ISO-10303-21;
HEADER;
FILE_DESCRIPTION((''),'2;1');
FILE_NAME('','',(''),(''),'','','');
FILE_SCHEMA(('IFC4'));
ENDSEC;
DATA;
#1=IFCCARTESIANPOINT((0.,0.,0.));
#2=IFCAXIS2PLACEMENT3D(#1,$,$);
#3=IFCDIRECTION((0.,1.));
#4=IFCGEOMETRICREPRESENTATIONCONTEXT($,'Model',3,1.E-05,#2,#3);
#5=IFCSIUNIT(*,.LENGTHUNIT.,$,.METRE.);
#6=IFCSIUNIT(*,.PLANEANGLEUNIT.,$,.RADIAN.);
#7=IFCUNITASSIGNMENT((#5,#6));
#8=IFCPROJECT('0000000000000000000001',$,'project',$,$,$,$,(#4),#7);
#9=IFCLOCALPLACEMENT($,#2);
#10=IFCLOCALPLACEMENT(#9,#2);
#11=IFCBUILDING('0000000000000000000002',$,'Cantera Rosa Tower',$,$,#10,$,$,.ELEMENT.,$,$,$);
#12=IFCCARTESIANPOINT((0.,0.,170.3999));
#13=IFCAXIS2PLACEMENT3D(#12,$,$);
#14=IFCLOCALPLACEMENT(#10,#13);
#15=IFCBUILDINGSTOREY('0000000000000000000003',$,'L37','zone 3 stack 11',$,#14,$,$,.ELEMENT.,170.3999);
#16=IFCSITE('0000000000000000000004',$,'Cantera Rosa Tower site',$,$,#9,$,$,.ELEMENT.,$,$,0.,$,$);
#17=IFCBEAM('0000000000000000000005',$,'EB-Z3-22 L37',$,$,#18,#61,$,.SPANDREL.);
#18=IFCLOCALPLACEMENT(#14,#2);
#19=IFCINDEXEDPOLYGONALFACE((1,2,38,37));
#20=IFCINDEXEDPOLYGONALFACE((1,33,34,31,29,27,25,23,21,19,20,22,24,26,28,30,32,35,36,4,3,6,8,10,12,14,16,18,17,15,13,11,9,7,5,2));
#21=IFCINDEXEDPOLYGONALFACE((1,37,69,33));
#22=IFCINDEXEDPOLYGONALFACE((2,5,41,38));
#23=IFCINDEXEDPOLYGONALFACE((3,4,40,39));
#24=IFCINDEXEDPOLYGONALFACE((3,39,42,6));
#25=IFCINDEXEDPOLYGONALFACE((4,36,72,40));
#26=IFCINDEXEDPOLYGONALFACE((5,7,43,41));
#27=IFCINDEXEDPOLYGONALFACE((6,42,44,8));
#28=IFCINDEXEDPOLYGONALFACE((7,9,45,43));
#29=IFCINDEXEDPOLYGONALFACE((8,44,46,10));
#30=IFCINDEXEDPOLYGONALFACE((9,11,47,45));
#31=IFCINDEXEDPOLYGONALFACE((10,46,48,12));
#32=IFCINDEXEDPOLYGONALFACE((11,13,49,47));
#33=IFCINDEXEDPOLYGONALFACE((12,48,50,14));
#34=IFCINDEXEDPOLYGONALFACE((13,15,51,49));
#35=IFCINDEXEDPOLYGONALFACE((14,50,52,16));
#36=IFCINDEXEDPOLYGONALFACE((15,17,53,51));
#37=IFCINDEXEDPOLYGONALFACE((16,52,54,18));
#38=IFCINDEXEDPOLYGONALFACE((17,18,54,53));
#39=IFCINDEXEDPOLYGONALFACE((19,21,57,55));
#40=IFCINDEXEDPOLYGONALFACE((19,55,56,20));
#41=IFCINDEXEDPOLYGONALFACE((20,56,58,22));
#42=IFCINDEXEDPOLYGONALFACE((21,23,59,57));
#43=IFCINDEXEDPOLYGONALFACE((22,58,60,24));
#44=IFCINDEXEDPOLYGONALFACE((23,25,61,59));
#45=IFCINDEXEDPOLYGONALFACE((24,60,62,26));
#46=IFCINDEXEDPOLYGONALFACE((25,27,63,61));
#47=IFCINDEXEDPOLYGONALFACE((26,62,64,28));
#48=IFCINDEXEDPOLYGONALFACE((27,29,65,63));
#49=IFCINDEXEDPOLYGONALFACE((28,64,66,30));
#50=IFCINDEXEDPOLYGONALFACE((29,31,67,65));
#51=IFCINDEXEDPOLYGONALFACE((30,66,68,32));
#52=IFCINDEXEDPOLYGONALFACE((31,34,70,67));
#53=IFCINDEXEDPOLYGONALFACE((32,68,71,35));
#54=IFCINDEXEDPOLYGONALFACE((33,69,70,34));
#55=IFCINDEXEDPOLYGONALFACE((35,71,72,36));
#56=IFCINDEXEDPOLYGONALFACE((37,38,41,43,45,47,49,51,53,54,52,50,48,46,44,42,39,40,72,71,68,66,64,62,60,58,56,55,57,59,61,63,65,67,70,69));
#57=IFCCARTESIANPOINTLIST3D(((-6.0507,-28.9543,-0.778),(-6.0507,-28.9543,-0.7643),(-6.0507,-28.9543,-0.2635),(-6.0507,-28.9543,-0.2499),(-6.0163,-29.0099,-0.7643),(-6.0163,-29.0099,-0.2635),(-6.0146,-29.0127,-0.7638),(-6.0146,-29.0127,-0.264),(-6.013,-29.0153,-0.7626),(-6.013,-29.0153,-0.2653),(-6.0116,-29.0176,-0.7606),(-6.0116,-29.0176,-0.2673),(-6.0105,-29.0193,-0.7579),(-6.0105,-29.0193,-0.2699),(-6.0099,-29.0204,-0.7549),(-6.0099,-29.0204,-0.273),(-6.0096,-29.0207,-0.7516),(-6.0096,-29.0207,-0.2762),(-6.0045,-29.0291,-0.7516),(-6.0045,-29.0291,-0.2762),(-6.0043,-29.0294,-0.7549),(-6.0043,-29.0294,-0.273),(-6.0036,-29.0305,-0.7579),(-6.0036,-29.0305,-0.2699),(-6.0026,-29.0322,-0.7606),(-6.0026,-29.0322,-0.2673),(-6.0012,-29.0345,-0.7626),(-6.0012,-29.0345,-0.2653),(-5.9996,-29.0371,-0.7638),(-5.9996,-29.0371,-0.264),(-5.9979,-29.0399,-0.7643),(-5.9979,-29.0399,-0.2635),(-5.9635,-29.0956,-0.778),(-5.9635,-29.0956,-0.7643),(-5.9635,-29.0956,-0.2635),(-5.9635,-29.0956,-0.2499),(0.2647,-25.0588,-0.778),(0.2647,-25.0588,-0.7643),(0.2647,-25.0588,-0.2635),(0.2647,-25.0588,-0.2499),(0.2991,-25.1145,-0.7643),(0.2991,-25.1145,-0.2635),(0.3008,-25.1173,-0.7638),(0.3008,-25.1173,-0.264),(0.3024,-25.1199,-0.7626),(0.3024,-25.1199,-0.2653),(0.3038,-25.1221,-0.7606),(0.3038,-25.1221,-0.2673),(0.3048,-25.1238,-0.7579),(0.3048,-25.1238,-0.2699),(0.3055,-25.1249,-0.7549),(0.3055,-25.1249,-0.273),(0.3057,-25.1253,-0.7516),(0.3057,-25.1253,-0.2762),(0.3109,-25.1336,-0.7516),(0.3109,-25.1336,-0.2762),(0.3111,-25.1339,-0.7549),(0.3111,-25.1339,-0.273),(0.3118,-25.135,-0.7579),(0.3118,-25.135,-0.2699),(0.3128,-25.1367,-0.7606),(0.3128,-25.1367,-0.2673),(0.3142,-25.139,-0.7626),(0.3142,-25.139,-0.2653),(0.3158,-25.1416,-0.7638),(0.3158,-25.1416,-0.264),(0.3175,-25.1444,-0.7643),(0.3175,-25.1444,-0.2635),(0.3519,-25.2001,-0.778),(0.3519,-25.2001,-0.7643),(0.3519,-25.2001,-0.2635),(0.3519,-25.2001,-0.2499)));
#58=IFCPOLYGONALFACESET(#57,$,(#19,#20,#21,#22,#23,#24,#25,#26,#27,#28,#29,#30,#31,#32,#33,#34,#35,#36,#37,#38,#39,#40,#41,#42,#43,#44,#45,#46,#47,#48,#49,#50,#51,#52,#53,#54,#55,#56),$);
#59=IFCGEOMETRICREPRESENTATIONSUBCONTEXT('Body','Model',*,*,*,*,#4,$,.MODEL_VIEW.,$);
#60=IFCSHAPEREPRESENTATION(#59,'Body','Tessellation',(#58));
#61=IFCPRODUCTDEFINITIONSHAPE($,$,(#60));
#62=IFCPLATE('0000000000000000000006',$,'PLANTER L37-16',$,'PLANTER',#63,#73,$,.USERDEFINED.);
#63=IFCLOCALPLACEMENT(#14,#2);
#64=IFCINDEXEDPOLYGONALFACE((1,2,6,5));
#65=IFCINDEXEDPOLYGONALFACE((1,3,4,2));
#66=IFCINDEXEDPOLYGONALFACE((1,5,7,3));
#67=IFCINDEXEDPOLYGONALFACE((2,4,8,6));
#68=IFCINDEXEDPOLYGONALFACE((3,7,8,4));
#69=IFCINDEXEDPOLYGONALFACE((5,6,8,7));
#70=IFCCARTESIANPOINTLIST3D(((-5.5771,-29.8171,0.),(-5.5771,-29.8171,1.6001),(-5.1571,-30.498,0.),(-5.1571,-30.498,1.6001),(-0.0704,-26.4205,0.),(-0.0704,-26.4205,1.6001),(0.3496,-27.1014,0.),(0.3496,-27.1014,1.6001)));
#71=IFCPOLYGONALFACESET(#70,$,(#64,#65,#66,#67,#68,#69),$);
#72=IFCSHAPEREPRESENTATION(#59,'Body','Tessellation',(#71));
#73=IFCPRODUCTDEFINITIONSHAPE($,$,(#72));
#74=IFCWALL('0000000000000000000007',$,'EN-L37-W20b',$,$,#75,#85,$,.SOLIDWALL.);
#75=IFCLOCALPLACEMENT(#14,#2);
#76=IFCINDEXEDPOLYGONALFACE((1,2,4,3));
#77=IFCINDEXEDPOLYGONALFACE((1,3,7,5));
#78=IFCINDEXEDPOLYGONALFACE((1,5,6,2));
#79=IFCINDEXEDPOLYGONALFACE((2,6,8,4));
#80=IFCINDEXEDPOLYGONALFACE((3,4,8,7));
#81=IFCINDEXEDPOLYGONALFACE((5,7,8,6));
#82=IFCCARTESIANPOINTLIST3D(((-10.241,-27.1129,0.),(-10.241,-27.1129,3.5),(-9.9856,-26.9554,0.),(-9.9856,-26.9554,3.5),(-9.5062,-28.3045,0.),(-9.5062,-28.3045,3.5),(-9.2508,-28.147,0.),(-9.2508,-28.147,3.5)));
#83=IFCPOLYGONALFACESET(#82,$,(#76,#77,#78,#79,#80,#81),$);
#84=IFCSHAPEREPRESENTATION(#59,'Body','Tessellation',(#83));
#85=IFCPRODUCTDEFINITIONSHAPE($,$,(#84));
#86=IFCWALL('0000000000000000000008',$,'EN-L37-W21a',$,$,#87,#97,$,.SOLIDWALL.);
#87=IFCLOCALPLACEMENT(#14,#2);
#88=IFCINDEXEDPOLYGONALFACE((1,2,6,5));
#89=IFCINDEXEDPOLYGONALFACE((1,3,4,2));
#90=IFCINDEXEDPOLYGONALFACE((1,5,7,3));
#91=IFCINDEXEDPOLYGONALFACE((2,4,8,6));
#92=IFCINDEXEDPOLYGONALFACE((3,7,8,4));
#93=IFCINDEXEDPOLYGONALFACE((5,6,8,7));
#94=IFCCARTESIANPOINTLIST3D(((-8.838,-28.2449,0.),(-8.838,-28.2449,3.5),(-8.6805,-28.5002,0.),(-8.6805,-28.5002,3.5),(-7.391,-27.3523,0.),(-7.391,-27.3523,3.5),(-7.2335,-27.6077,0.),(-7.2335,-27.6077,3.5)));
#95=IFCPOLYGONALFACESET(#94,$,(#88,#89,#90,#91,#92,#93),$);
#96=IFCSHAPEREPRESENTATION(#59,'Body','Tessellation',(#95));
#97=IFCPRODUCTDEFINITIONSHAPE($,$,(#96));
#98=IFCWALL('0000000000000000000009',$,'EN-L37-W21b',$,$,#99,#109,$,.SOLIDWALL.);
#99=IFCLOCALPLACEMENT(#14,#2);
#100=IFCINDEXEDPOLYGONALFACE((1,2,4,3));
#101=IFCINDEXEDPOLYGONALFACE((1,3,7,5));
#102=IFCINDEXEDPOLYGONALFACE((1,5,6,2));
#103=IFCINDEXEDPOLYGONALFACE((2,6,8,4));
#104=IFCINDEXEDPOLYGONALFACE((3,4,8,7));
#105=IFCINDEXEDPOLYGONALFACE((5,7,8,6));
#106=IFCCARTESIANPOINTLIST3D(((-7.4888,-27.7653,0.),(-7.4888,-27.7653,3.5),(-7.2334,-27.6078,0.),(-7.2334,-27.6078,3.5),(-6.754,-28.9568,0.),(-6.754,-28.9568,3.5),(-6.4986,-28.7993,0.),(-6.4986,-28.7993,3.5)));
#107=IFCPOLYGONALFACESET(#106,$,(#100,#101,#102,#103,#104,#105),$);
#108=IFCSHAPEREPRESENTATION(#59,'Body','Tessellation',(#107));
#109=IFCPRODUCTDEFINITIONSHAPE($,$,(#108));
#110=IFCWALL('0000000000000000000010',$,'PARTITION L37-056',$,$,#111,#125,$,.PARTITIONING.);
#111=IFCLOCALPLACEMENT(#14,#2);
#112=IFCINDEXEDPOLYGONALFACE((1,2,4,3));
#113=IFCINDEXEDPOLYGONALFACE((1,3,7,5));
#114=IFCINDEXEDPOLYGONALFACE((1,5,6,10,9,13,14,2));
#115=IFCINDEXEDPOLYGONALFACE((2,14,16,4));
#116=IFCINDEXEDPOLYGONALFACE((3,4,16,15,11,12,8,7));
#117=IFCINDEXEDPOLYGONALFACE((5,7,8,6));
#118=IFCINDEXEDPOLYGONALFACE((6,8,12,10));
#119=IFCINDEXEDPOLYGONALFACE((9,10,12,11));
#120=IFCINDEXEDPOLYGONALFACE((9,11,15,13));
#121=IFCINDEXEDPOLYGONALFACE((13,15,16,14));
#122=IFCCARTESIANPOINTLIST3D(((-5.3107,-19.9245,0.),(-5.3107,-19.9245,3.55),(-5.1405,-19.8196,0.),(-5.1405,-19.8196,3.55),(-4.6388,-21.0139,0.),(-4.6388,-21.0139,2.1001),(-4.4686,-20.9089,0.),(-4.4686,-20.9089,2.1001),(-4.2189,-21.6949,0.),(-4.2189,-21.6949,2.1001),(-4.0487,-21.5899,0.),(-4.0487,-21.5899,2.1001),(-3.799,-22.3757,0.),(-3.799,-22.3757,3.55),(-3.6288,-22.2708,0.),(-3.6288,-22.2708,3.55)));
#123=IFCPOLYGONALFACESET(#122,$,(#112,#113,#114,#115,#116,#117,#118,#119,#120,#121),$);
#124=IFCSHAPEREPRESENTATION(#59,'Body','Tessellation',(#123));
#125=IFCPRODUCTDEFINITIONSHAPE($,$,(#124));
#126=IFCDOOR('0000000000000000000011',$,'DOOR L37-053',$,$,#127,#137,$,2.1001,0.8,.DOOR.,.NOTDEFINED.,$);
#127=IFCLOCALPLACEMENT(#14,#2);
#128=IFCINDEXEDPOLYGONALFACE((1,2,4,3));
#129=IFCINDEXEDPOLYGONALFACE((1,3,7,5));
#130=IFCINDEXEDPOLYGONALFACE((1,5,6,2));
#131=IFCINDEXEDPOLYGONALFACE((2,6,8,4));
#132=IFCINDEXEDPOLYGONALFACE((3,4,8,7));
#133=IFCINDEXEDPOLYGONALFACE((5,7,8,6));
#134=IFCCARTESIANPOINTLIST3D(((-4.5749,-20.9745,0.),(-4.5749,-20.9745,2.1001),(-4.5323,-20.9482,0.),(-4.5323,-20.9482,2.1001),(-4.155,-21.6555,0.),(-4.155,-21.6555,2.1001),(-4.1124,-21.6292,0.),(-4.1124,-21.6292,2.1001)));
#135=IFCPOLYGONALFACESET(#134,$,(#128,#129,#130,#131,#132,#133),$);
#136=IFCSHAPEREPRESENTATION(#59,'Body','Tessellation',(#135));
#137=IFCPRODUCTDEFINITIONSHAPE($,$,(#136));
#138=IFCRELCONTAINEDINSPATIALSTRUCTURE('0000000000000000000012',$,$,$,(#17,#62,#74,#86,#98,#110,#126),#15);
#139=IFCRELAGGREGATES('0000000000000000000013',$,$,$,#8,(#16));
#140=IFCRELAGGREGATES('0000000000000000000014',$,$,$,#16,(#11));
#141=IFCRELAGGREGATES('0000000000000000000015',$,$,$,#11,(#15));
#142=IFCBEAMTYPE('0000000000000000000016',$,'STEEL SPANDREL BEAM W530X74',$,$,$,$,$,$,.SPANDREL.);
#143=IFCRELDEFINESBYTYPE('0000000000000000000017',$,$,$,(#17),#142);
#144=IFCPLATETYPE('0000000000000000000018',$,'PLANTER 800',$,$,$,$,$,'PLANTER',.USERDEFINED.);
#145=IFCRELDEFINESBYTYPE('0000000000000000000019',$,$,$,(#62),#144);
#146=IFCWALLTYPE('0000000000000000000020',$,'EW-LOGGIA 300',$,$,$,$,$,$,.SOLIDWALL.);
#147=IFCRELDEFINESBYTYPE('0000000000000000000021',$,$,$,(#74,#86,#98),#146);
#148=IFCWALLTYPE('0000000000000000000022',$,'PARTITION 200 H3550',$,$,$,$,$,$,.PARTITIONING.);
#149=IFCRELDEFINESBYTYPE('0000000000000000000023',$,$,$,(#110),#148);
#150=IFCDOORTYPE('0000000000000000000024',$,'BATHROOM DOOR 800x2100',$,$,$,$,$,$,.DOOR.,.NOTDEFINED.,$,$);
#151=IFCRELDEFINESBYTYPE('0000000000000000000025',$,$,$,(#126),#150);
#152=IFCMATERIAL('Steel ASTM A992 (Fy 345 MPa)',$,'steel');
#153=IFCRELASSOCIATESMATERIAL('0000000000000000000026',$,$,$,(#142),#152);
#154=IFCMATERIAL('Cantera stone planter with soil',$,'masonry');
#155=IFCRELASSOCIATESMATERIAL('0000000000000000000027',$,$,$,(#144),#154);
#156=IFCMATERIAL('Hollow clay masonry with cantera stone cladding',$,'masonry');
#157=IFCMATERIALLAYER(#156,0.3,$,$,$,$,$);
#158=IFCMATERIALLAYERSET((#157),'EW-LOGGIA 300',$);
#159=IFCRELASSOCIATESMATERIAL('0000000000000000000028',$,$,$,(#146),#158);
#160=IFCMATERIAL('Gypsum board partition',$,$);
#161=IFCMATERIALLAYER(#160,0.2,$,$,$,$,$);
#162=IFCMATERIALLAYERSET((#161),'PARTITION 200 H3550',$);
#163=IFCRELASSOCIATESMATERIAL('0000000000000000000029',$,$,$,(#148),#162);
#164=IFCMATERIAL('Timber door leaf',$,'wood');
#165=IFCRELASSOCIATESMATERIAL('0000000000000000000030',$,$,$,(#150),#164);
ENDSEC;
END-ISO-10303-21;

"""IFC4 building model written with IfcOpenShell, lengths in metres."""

from ifc_helpers import new_model, si_unit, direction, frame, frame_2d, origin, origin_2d, place, context, subcontext, project, spatial, rectangle, i_section, extrude, material, layer, layer_set, material_profile, profile_set, type_object, element, fill, save


model = new_model("IFC4")

# Units and contexts
model_context = context("Model", 3, precision=1e-05, world=origin(), true_north=direction((0.0, 1.0)))
body_context = subcontext(model_context, "Body", "Model", "MODEL_VIEW")
ifc_project = project(units=[si_unit("LENGTHUNIT", "METRE"), si_unit("PLANEANGLEUNIT", "RADIAN")], contexts=[model_context])

# Site, building, storey
site_placement = place(None, origin())
site = spatial("IfcSite", under=ifc_project, at=site_placement, Name="Cantera Rosa Tower site", CompositionType="ELEMENT", RefElevation=0.0)
building_placement = place(site_placement, origin())
building = spatial("IfcBuilding", under=site, at=building_placement, Name="Cantera Rosa Tower", CompositionType="ELEMENT")
storey_placement = place(building_placement, frame((0.0, 0.0, 170.3999)))
storey = spatial("IfcBuildingStorey", under=building, at=storey_placement, Name="L37", Description="zone 3 stack 11", CompositionType="ELEMENT", Elevation=170.3999)

# Beam
ifc_material_1 = material(Name="Steel ASTM A992 (Fy 345 MPa)", Category="steel")
ifc_material_profile_1 = material_profile(ifc_material_1, i_section(OverallWidth=0.166, OverallDepth=0.5281, WebThickness=0.0098, FlangeThickness=0.0137, FilletRadius=0.0127, at=origin_2d()), Name="W530X74")
ifc_profile_set_1 = profile_set([ifc_material_profile_1], Name="Steel ASTM A992 (Fy 345 MPa)")
beam_type_1 = type_object("IfcBeamType", Name="STEEL SPANDREL BEAM W530X74", PredefinedType="SPANDREL", material=ifc_profile_set_1)
beam_1_placement = place(storey_placement, frame((-6.0071, -29.0249, -0.5139), z_axis=(0.851111, 0.524986, 0.0), x_axis=(-0.524986, 0.851111, 0.0)))
element("IfcBeam", 1, at=beam_1_placement, inside=storey, type_object=beam_type_1, Name="EB-Z3-22 L37", PredefinedType="SPANDREL", context=body_context, shape_type="SweptSolid", body=[
    extrude(i_section(OverallWidth=0.166, OverallDepth=0.5281, WebThickness=0.0098, FlangeThickness=0.0137, FilletRadius=0.0127, at=origin_2d()), origin(), (0.0, 0.0, 1.0), 7.4202),
])

# Plate
ifc_material_2 = material(Name="Cantera stone planter with soil", Category="masonry")
plate_type = type_object("IfcPlateType", Name="PLANTER 800", ElementType="PLANTER", PredefinedType="USERDEFINED", material=ifc_material_2)
plate_placement = place(storey_placement, frame((-2.6138, -28.4592, 0.0), z_axis=(0.0, 0.0, 1.0), x_axis=(0.851117, 0.524977, 0.0)))
element("IfcPlate", 2, at=plate_placement, inside=storey, type_object=plate_type, Name="PLANTER L37-16", ObjectType="PLANTER", PredefinedType="USERDEFINED", context=body_context, shape_type="SweptSolid", body=[
    extrude(rectangle(XDim=6.47, YDim=0.8, at=origin_2d()), origin(), (0.0, 0.0, 1.0), 1.6001),
])

# Walls
ifc_material_3 = material(Name="Hollow clay masonry with cantera stone cladding", Category="masonry")
ifc_layer_1 = layer(ifc_material_3, 0.3)
ifc_layer_set_1 = layer_set([ifc_layer_1], Name="EW-LOGGIA 300")
wall_type_1 = type_object("IfcWallType", Name="EW-LOGGIA 300", PredefinedType="SOLIDWALL", material=ifc_layer_set_1)
wall_1_placement = place(storey_placement, frame((-10.1133, -27.0342, 0.0), z_axis=(0.0, 0.0, 1.0), x_axis=(0.524895, -0.851167, 0.0)))
element("IfcWall", 3, at=wall_1_placement, inside=storey, type_object=wall_type_1, Name="EN-L37-W20b", PredefinedType="SOLIDWALL", context=body_context, shape_type="SweptSolid", body=[
    extrude(rectangle(XDim=1.3999, YDim=0.3, at=frame_2d((0.7, 0.0))), origin(), (0.0, 0.0, 1.0), 3.5),
])
wall_2_placement = place(storey_placement, frame((-8.7593, -28.3726, 0.0), z_axis=(0.0, 0.0, 1.0), x_axis=(0.851106, 0.524994, 0.0)))
element("IfcWall", 4, at=wall_2_placement, inside=storey, type_object=wall_type_1, Name="EN-L37-W21a", PredefinedType="SOLIDWALL", context=body_context, shape_type="SweptSolid", body=[
    extrude(rectangle(XDim=1.7002, YDim=0.3, at=frame_2d((0.8501, 0.0))), origin(), (0.0, 0.0, 1.0), 3.5),
])
wall_3_placement = place(storey_placement, frame((-7.3611, -27.6865, 0.0), z_axis=(0.0, 0.0, 1.0), x_axis=(0.524895, -0.851167, 0.0)))
element("IfcWall", 5, at=wall_3_placement, inside=storey, type_object=wall_type_1, Name="EN-L37-W21b", PredefinedType="SOLIDWALL", context=body_context, shape_type="SweptSolid", body=[
    extrude(rectangle(XDim=1.3999, YDim=0.3, at=frame_2d((0.7, 0.0))), origin(), (0.0, 0.0, 1.0), 3.5),
])

# Wall, opening, door
ifc_material_4 = material(Name="Gypsum board partition")
ifc_layer_2 = layer(ifc_material_4, 0.2)
ifc_layer_set_2 = layer_set([ifc_layer_2], Name="PARTITION 200 H3550")
wall_type_2 = type_object("IfcWallType", Name="PARTITION 200 H3550", PredefinedType="PARTITIONING", material=ifc_layer_set_2)
wall_4_placement = place(storey_placement, frame((-3.7139, -22.3232, 0.0), z_axis=(0.0, 0.0, 1.0), x_axis=(-0.52493, 0.851146, 0.0)))
wall_4 = element("IfcWall", 6, at=wall_4_placement, inside=storey, type_object=wall_type_2, Name="PARTITION L37-056", PredefinedType="PARTITIONING", context=body_context, shape_type="SweptSolid", body=[
    extrude(rectangle(XDim=2.8799, YDim=0.2, at=frame_2d((1.4399, 0.0))), origin(), (0.0, 0.0, 1.0), 3.55),
])
opening_1_placement = place(wall_4_placement, frame((0.8, 0.0, 0.0)))
opening_1 = element("IfcOpeningElement", 7, at=opening_1_placement, cuts=wall_4, PredefinedType="OPENING", context=body_context, shape_type="SweptSolid", body=[
    extrude(rectangle(XDim=0.8, YDim=2.1001, at=frame_2d((0.3999, 1.05))), frame((0.0, 0.1099, 0.0), z_axis=(0.0, -1.0, 0.0), x_axis=(1.0, 0.0, 0.0)), (0.0, 0.0, 1.0), 0.22),
])
ifc_material_5 = material(Name="Timber door leaf", Category="wood")
door_type_1 = type_object("IfcDoorType", Name="BATHROOM DOOR 800x2100", OperationType="NOTDEFINED", PredefinedType="DOOR", material=ifc_material_5)
door_1_placement = place(opening_1_placement, origin())
door_1 = element("IfcDoor", 8, at=door_1_placement, inside=storey, type_object=door_type_1, Name="DOOR L37-053", OperationType="NOTDEFINED", OverallHeight=2.1001, OverallWidth=0.8, PredefinedType="DOOR", context=body_context, shape_type="SweptSolid", body=[
    extrude(rectangle(XDim=0.8, YDim=2.1001, at=frame_2d((0.3999, 1.05))), frame((0.0, 0.0249, 0.0), z_axis=(0.0, -1.0, 0.0), x_axis=(1.0, 0.0, 0.0)), (0.0, 0.0, 1.0), 0.05),
])
fill(opening_1, door_1)

save(model, "model.ifc")
